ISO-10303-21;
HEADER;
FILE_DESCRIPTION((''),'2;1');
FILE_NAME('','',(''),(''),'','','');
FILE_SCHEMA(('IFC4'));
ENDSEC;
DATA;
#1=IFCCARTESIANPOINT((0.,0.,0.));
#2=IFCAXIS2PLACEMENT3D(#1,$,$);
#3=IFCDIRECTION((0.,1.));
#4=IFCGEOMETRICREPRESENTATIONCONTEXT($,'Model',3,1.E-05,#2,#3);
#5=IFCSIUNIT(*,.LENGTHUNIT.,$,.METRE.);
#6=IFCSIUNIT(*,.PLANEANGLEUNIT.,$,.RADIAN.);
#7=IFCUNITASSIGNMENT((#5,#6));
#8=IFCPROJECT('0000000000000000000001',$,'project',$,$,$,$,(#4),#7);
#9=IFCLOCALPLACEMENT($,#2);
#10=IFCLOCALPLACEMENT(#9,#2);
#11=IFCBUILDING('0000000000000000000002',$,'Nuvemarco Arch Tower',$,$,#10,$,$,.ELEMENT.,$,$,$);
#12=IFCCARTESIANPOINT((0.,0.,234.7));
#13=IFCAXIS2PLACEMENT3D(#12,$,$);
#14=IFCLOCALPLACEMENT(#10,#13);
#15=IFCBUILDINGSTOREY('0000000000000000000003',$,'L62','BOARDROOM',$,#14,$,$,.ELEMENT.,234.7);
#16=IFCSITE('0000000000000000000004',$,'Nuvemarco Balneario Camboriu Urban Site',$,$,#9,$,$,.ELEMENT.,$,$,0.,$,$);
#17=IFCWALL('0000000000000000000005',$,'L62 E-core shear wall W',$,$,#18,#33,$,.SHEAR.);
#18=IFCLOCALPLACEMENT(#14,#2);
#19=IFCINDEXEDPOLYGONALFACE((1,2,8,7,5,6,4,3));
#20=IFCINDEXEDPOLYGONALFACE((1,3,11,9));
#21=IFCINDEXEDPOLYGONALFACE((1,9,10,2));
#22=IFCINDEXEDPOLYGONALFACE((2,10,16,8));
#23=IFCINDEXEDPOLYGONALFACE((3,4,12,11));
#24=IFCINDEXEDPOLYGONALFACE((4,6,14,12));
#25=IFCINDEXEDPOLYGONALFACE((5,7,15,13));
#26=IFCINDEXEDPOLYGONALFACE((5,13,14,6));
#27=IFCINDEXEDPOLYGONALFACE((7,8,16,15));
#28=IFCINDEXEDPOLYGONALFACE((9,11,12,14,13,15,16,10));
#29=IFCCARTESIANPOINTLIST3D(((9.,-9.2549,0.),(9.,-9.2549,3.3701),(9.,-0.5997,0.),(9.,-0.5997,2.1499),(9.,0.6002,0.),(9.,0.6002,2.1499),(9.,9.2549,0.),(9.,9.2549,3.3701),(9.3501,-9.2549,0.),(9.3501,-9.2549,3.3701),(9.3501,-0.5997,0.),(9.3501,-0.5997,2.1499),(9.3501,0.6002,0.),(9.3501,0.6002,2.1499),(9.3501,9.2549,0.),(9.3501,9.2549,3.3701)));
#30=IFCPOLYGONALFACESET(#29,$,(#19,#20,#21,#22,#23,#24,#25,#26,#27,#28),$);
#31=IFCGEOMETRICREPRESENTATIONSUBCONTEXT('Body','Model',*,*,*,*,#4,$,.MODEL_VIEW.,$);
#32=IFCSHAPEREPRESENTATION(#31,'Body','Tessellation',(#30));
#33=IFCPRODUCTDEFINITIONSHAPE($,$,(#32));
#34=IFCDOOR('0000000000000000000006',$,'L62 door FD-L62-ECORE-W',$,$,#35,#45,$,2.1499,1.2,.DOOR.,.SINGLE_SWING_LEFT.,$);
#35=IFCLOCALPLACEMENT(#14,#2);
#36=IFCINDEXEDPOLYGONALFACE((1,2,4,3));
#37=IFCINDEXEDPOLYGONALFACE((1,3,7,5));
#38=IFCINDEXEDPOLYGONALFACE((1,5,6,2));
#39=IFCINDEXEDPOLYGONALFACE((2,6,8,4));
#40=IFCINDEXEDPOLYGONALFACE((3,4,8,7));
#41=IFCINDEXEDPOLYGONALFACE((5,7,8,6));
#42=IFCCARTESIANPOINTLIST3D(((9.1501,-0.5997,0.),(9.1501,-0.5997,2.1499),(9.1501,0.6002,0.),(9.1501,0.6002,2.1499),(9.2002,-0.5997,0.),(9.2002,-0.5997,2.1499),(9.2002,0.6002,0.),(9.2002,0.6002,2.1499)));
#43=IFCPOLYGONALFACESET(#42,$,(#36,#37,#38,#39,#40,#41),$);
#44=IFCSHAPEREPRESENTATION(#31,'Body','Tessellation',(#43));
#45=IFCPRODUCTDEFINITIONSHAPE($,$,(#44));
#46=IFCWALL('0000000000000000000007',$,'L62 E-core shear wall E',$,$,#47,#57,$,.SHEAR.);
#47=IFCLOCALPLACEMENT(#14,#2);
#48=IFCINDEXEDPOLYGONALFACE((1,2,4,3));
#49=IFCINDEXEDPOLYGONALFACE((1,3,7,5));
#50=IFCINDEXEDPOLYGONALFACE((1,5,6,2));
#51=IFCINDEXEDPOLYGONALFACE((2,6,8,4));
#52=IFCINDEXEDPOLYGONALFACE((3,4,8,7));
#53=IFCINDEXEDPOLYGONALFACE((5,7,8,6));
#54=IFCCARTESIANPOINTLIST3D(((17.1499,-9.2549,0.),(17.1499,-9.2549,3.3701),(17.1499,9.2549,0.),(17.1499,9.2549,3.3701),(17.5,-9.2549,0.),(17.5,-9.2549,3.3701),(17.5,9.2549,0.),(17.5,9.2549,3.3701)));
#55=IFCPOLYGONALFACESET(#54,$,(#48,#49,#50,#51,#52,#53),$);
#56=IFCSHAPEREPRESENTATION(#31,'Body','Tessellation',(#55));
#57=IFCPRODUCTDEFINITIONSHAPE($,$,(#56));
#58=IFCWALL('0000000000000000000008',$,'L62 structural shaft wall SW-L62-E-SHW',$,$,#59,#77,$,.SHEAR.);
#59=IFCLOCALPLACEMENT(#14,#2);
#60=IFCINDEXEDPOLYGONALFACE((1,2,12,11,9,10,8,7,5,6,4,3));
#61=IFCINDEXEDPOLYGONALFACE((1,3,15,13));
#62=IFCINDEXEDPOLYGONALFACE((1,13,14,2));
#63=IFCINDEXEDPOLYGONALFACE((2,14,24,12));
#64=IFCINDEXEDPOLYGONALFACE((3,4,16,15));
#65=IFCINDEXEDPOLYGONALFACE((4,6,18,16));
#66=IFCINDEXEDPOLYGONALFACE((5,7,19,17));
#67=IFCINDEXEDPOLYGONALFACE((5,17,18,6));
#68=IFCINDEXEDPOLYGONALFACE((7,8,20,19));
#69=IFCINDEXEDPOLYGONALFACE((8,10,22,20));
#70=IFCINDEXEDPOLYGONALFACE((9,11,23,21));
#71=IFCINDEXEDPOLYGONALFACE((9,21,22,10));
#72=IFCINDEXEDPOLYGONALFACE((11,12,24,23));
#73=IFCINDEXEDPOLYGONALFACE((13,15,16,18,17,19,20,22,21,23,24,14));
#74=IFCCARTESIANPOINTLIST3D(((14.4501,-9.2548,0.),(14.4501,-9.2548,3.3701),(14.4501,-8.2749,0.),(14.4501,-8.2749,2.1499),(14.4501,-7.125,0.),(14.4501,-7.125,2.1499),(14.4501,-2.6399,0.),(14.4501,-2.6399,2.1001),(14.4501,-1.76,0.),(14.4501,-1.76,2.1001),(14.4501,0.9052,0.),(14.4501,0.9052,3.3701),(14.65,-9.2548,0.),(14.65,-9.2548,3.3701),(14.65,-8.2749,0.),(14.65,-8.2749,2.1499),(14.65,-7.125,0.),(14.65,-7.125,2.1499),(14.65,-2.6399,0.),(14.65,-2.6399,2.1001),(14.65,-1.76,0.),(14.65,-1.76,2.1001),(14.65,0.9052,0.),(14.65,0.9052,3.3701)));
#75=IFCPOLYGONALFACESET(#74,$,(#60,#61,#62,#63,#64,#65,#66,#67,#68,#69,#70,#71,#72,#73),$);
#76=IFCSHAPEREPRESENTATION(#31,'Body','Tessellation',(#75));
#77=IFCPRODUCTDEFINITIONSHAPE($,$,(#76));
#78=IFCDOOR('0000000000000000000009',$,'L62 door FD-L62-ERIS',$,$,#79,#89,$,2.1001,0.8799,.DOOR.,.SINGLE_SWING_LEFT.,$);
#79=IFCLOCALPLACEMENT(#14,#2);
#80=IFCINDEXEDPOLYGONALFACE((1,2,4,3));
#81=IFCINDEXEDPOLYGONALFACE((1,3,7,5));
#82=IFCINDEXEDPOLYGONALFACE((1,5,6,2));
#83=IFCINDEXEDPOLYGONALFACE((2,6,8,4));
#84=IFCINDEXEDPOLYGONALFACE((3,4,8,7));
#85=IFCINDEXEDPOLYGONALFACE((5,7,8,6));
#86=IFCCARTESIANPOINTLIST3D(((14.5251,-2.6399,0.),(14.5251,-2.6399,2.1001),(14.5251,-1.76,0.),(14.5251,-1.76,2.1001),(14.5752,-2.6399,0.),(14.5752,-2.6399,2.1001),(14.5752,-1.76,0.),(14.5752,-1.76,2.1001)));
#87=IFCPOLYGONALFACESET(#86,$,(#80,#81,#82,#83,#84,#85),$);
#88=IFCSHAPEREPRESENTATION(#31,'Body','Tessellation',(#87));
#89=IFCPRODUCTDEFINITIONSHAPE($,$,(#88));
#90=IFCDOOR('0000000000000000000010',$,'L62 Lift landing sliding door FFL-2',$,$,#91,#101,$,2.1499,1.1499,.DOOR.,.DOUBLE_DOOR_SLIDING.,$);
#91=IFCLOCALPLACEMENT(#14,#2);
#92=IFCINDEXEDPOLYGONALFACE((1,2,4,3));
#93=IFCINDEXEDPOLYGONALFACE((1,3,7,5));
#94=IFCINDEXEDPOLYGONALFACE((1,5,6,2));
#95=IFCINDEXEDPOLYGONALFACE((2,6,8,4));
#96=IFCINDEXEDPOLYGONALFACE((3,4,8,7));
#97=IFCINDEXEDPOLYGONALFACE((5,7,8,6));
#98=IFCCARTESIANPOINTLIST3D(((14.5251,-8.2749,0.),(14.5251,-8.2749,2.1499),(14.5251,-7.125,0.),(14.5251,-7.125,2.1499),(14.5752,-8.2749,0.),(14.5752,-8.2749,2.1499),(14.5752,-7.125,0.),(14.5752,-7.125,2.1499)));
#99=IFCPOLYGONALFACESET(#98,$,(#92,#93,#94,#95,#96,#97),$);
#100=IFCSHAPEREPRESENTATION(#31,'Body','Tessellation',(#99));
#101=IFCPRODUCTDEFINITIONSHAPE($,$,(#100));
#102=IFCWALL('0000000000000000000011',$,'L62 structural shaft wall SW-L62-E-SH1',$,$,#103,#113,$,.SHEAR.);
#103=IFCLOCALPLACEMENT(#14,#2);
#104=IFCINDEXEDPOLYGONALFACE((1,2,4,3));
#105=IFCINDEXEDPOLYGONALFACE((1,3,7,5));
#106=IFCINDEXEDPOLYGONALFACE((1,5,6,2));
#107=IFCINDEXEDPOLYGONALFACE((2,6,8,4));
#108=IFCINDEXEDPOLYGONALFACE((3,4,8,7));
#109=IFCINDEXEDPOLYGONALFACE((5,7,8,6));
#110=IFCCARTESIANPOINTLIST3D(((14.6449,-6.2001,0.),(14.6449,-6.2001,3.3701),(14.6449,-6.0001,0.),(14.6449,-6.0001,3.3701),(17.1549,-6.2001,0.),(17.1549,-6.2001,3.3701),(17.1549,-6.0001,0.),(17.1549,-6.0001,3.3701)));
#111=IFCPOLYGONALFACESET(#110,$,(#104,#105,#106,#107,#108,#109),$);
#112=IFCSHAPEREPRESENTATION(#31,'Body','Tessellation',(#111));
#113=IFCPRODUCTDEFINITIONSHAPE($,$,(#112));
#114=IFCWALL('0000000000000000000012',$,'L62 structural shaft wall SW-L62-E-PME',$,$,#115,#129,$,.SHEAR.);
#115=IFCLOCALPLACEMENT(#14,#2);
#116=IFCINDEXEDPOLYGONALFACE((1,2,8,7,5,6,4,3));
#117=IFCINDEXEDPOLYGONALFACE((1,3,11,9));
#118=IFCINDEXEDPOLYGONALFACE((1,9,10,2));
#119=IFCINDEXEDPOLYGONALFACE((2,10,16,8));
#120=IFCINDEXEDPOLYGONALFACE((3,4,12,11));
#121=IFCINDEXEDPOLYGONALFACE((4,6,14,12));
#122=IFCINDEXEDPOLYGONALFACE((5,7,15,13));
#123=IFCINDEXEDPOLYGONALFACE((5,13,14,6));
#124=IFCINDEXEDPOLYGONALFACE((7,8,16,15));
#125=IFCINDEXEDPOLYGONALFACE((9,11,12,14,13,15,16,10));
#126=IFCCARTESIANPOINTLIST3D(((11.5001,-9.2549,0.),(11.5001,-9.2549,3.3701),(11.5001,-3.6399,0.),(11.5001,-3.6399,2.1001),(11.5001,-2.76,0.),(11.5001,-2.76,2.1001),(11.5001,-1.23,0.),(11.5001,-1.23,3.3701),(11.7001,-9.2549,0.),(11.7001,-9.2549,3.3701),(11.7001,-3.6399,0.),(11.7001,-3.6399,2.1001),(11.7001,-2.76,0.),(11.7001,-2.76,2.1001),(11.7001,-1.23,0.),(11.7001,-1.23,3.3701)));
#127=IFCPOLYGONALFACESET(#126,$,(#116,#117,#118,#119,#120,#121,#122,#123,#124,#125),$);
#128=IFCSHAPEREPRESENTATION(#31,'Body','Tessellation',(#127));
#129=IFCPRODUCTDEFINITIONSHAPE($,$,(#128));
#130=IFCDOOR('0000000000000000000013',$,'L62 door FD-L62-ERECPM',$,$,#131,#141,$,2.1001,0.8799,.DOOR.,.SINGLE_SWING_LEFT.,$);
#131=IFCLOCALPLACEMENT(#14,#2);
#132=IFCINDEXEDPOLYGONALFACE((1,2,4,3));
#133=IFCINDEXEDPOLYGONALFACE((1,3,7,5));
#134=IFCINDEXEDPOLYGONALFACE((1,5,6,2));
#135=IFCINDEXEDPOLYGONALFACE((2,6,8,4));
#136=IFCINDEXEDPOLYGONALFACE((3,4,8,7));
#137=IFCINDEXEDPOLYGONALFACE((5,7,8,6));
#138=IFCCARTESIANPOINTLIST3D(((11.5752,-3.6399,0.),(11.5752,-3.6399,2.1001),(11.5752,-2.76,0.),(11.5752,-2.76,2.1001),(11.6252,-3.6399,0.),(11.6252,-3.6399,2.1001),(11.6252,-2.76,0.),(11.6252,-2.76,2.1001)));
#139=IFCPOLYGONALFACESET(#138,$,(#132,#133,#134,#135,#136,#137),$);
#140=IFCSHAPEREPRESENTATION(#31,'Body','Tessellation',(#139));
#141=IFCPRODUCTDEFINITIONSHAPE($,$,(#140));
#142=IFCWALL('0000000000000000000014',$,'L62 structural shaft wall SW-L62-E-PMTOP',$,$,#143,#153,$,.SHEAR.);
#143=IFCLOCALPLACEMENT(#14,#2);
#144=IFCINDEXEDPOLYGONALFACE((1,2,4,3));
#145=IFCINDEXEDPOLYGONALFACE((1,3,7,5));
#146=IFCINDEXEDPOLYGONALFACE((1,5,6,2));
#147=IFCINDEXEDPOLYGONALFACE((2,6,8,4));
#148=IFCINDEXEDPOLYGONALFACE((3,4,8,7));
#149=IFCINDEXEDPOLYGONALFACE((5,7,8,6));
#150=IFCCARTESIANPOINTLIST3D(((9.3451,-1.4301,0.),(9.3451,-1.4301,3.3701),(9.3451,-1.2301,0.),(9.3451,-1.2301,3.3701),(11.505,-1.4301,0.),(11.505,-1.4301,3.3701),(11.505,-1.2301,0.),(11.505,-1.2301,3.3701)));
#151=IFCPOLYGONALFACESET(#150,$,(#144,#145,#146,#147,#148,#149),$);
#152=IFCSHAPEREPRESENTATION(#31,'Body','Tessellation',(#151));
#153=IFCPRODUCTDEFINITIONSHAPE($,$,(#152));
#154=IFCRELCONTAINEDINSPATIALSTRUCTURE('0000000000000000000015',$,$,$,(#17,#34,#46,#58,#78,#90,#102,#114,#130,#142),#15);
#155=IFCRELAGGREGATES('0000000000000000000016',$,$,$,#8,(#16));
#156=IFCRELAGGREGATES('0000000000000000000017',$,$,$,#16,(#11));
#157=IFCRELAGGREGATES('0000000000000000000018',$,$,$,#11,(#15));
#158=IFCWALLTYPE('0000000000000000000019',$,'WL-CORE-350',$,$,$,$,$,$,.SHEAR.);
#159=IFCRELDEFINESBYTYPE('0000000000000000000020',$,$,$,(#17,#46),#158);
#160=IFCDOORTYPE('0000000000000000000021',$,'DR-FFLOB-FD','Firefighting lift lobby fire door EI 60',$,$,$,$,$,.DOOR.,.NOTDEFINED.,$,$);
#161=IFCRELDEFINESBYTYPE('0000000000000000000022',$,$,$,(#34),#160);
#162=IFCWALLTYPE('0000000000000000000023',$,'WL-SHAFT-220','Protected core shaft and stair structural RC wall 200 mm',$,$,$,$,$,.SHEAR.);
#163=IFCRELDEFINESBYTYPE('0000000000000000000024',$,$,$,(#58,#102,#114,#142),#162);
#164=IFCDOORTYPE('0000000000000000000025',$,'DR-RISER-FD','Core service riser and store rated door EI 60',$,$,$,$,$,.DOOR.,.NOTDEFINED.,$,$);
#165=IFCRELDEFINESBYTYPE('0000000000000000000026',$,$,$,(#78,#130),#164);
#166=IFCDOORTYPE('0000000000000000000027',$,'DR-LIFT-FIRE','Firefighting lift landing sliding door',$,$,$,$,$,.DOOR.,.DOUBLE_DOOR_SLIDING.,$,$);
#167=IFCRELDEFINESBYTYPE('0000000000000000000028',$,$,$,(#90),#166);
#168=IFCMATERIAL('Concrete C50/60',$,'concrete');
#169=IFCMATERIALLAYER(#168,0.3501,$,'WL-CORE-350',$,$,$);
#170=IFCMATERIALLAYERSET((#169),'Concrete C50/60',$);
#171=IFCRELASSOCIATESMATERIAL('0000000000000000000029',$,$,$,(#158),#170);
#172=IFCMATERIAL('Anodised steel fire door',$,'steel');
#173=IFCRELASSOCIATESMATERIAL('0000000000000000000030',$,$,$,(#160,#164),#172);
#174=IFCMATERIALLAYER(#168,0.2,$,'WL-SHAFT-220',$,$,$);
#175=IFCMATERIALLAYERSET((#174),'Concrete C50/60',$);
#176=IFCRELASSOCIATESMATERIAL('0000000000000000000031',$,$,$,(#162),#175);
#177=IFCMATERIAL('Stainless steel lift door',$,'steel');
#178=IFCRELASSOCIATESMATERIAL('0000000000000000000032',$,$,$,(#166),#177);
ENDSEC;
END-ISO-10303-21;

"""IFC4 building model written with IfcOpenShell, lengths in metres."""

from ifc_helpers import new_model, si_unit, direction, frame, frame_2d, origin, place, context, subcontext, project, spatial, rectangle, extrude, source, transform, mapped, material, layer, layer_set, type_object, type_shapes, element, fill, save


model = new_model("IFC4")

# Units and contexts
model_context = context("Model", 3, precision=1e-05, world=origin(), true_north=direction((0.0, 1.0)))
body_context = subcontext(model_context, "Body", "Model", "MODEL_VIEW")
ifc_project = project(units=[si_unit("LENGTHUNIT", "METRE"), si_unit("PLANEANGLEUNIT", "RADIAN")], contexts=[model_context])

# Site, building, storey
site_placement = place(None, origin())
site = spatial("IfcSite", under=ifc_project, at=site_placement, Name="Nuvemarco Balneario Camboriu Urban Site", CompositionType="ELEMENT", RefElevation=0.0)
building_placement = place(site_placement, origin())
building = spatial("IfcBuilding", under=site, at=building_placement, Name="Nuvemarco Arch Tower", CompositionType="ELEMENT")
storey_placement = place(building_placement, frame((0.0, 0.0, 234.7)))
storey = spatial("IfcBuildingStorey", under=building, at=storey_placement, Name="L62", Description="BOARDROOM", CompositionType="ELEMENT", Elevation=234.7)

# Shared definitions
ifc_material_1 = material(Name="Concrete C50/60", Category="concrete")

# Shared definitions
ifc_layer_1 = layer(ifc_material_1, 0.3501, Name="WL-CORE-350")
ifc_layer_set_1 = layer_set([ifc_layer_1], Name="Concrete C50/60")
wall_type_1 = type_object("IfcWallType", Name="WL-CORE-350", PredefinedType="SHEAR", material=ifc_layer_set_1)

# Wall, opening, door
wall_1_placement = place(storey_placement, frame((9.175, -9.2549, 0.0), z_axis=(0.0, 0.0, 1.0), x_axis=(0.0, 1.0, 0.0)))
wall_1 = element("IfcWall", 1, at=wall_1_placement, inside=storey, type_object=wall_type_1, Name="L62 E-core shear wall W", PredefinedType="SHEAR", context=body_context, shape_type="SweptSolid", body=[
    extrude(rectangle(XDim=18.5098, YDim=0.3501, at=frame_2d((9.2549, 0.0))), origin(), (0.0, 0.0, 1.0), 3.3701),
])
opening_1_placement = place(wall_1_placement, frame((8.655, 0.0, 0.0)))
opening_1 = element("IfcOpeningElement", 2, at=opening_1_placement, cuts=wall_1, PredefinedType="OPENING", context=body_context, shape_type="SweptSolid", body=[
    extrude(rectangle(XDim=1.2, YDim=2.1499, at=frame_2d((0.6001, 1.075))), frame((0.0, 0.1851, 0.0), z_axis=(0.0, -1.0, 0.0), x_axis=(1.0, 0.0, 0.0)), (0.0, 0.0, 1.0), 0.3701),
])
ifc_material_2 = material(Name="Anodised steel fire door", Category="steel")
door_type_1 = type_object("IfcDoorType", Name="DR-FFLOB-FD", Description="Firefighting lift lobby fire door EI 60", OperationType="NOTDEFINED", PredefinedType="DOOR", material=ifc_material_2)
shared_shape_1 = source(origin(), body_context, "Body", "SweptSolid", [
    extrude(rectangle(XDim=1.2, YDim=2.1499, at=frame_2d((0.6001, 1.075))), frame((0.0, 0.0249, 0.0), z_axis=(0.0, -1.0, 0.0), x_axis=(1.0, 0.0, 0.0)), (0.0, 0.0, 1.0), 0.05),
])
type_shapes(door_type_1, [shared_shape_1])
door_1_placement = place(opening_1_placement, origin())
door_1 = element("IfcDoor", 3, at=door_1_placement, inside=storey, type_object=door_type_1, Name="L62 door FD-L62-ECORE-W", OperationType="SINGLE_SWING_LEFT", OverallHeight=2.1499, OverallWidth=1.2, PredefinedType="DOOR", context=body_context, shape_type="MappedRepresentation", body=[
    mapped(shared_shape_1, transform((0.0, 0.0, 0.0), scale=1.0)),
])
fill(opening_1, door_1)

# Wall
wall_2_placement = place(storey_placement, frame((17.325, -9.2549, 0.0), z_axis=(0.0, 0.0, 1.0), x_axis=(0.0, 1.0, 0.0)))
element("IfcWall", 4, at=wall_2_placement, inside=storey, type_object=wall_type_1, Name="L62 E-core shear wall E", PredefinedType="SHEAR", context=body_context, shape_type="SweptSolid", body=[
    extrude(rectangle(XDim=18.5098, YDim=0.3501, at=frame_2d((9.2549, 0.0))), origin(), (0.0, 0.0, 1.0), 3.3701),
])

# Wall, openings, doors
ifc_layer_2 = layer(ifc_material_1, 0.2, Name="WL-SHAFT-220")
ifc_layer_set_2 = layer_set([ifc_layer_2], Name="Concrete C50/60")
wall_type_2 = type_object("IfcWallType", Name="WL-SHAFT-220", Description="Protected core shaft and stair structural RC wall 200 mm", PredefinedType="SHEAR", material=ifc_layer_set_2)
wall_3_placement = place(storey_placement, frame((14.55, -9.2549, 0.0), z_axis=(0.0, 0.0, 1.0), x_axis=(0.0, 1.0, 0.0)))
wall_3 = element("IfcWall", 5, at=wall_3_placement, inside=storey, type_object=wall_type_2, Name="L62 structural shaft wall SW-L62-E-SHW", PredefinedType="SHEAR", context=body_context, shape_type="SweptSolid", body=[
    extrude(rectangle(XDim=10.1599, YDim=0.2, at=frame_2d((5.0801, 0.0))), origin(), (0.0, 0.0, 1.0), 3.3701),
])
opening_2_placement = place(wall_3_placement, frame((6.615, 0.0, 0.0)))
opening_2 = element("IfcOpeningElement", 6, at=opening_2_placement, cuts=wall_3, PredefinedType="OPENING", context=body_context, shape_type="SweptSolid", body=[
    extrude(rectangle(XDim=0.8799, YDim=2.1001, at=frame_2d((0.4399, 1.05))), frame((0.0, 0.1099, 0.0), z_axis=(0.0, -1.0, 0.0), x_axis=(1.0, 0.0, 0.0)), (0.0, 0.0, 1.0), 0.22),
])
opening_3_placement = place(wall_3_placement, frame((0.98, 0.0, 0.0)))
opening_3 = element("IfcOpeningElement", 7, at=opening_3_placement, cuts=wall_3, PredefinedType="OPENING", context=body_context, shape_type="SweptSolid", body=[
    extrude(rectangle(XDim=1.1499, YDim=2.1499, at=frame_2d((0.575, 1.075))), frame((0.0, 0.1099, 0.0), z_axis=(0.0, -1.0, 0.0), x_axis=(1.0, 0.0, 0.0)), (0.0, 0.0, 1.0), 0.22),
])
door_type_2 = type_object("IfcDoorType", Name="DR-RISER-FD", Description="Core service riser and store rated door EI 60", OperationType="NOTDEFINED", PredefinedType="DOOR", material=ifc_material_2)
shared_shape_2 = source(origin(), body_context, "Body", "SweptSolid", [
    extrude(rectangle(XDim=0.8799, YDim=2.1001, at=frame_2d((0.4399, 1.05))), frame((0.0, 0.0249, 0.0), z_axis=(0.0, -1.0, 0.0), x_axis=(1.0, 0.0, 0.0)), (0.0, 0.0, 1.0), 0.05),
])
type_shapes(door_type_2, [shared_shape_2])
door_2_placement = place(opening_2_placement, origin())
door_2 = element("IfcDoor", 8, at=door_2_placement, inside=storey, type_object=door_type_2, Name="L62 door FD-L62-ERIS", OperationType="SINGLE_SWING_LEFT", OverallHeight=2.1001, OverallWidth=0.8799, PredefinedType="DOOR", context=body_context, shape_type="MappedRepresentation", body=[
    mapped(shared_shape_2, transform((0.0, 0.0, 0.0), scale=1.0)),
])
fill(opening_2, door_2)
ifc_material_3 = material(Name="Stainless steel lift door", Category="steel")
door_type_3 = type_object("IfcDoorType", Name="DR-LIFT-FIRE", Description="Firefighting lift landing sliding door", OperationType="DOUBLE_DOOR_SLIDING", PredefinedType="DOOR", material=ifc_material_3)
shared_shape_3 = source(origin(), body_context, "Body", "SweptSolid", [
    extrude(rectangle(XDim=1.1499, YDim=2.1499, at=frame_2d((0.575, 1.075))), frame((0.0, 0.0249, 0.0), z_axis=(0.0, -1.0, 0.0), x_axis=(1.0, 0.0, 0.0)), (0.0, 0.0, 1.0), 0.05),
])
type_shapes(door_type_3, [shared_shape_3])
door_3_placement = place(opening_3_placement, origin())
door_3 = element("IfcDoor", 9, at=door_3_placement, inside=storey, type_object=door_type_3, Name="L62 Lift landing sliding door FFL-2", OperationType="DOUBLE_DOOR_SLIDING", OverallHeight=2.1499, OverallWidth=1.1499, PredefinedType="DOOR", context=body_context, shape_type="MappedRepresentation", body=[
    mapped(shared_shape_3, transform((0.0, 0.0, 0.0), scale=1.0)),
])
fill(opening_3, door_3)

# Wall
wall_4_placement = place(storey_placement, frame((14.645, -6.1001, 0.0), z_axis=(0.0, 0.0, 1.0), x_axis=(1.0, 0.0, 0.0)))
element("IfcWall", 10, at=wall_4_placement, inside=storey, type_object=wall_type_2, Name="L62 structural shaft wall SW-L62-E-SH1", PredefinedType="SHEAR", context=body_context, shape_type="SweptSolid", body=[
    extrude(rectangle(XDim=2.51, YDim=0.2, at=frame_2d((1.2549, 0.0))), origin(), (0.0, 0.0, 1.0), 3.3701),
])

# Wall, opening, door
wall_5_placement = place(storey_placement, frame((11.6001, -9.2549, 0.0), z_axis=(0.0, 0.0, 1.0), x_axis=(0.0, 1.0, 0.0)))
wall_5 = element("IfcWall", 11, at=wall_5_placement, inside=storey, type_object=wall_type_2, Name="L62 structural shaft wall SW-L62-E-PME", PredefinedType="SHEAR", context=body_context, shape_type="SweptSolid", body=[
    extrude(rectangle(XDim=8.0249, YDim=0.2, at=frame_2d((4.0125, 0.0))), origin(), (0.0, 0.0, 1.0), 3.3701),
])
opening_4_placement = place(wall_5_placement, frame((5.615, 0.0, 0.0)))
opening_4 = element("IfcOpeningElement", 12, at=opening_4_placement, cuts=wall_5, PredefinedType="OPENING", context=body_context, shape_type="SweptSolid", body=[
    extrude(rectangle(XDim=0.8799, YDim=2.1001, at=frame_2d((0.4399, 1.05))), frame((0.0, 0.1099, 0.0), z_axis=(0.0, -1.0, 0.0), x_axis=(1.0, 0.0, 0.0)), (0.0, 0.0, 1.0), 0.22),
])
door_4_placement = place(opening_4_placement, origin())
door_4 = element("IfcDoor", 13, at=door_4_placement, inside=storey, type_object=door_type_2, Name="L62 door FD-L62-ERECPM", OperationType="SINGLE_SWING_LEFT", OverallHeight=2.1001, OverallWidth=0.8799, PredefinedType="DOOR", context=body_context, shape_type="MappedRepresentation", body=[
    mapped(shared_shape_2, transform((0.0, 0.0, 0.0), scale=1.0)),
])
fill(opening_4, door_4)

# Wall
wall_6_placement = place(storey_placement, frame((9.345, -1.3301, 0.0), z_axis=(0.0, 0.0, 1.0), x_axis=(1.0, 0.0, 0.0)))
element("IfcWall", 14, at=wall_6_placement, inside=storey, type_object=wall_type_2, Name="L62 structural shaft wall SW-L62-E-PMTOP", PredefinedType="SHEAR", context=body_context, shape_type="SweptSolid", body=[
    extrude(rectangle(XDim=2.1599, YDim=0.2, at=frame_2d((1.0801, 0.0))), origin(), (0.0, 0.0, 1.0), 3.3701),
])

save(model, "model.ifc")
